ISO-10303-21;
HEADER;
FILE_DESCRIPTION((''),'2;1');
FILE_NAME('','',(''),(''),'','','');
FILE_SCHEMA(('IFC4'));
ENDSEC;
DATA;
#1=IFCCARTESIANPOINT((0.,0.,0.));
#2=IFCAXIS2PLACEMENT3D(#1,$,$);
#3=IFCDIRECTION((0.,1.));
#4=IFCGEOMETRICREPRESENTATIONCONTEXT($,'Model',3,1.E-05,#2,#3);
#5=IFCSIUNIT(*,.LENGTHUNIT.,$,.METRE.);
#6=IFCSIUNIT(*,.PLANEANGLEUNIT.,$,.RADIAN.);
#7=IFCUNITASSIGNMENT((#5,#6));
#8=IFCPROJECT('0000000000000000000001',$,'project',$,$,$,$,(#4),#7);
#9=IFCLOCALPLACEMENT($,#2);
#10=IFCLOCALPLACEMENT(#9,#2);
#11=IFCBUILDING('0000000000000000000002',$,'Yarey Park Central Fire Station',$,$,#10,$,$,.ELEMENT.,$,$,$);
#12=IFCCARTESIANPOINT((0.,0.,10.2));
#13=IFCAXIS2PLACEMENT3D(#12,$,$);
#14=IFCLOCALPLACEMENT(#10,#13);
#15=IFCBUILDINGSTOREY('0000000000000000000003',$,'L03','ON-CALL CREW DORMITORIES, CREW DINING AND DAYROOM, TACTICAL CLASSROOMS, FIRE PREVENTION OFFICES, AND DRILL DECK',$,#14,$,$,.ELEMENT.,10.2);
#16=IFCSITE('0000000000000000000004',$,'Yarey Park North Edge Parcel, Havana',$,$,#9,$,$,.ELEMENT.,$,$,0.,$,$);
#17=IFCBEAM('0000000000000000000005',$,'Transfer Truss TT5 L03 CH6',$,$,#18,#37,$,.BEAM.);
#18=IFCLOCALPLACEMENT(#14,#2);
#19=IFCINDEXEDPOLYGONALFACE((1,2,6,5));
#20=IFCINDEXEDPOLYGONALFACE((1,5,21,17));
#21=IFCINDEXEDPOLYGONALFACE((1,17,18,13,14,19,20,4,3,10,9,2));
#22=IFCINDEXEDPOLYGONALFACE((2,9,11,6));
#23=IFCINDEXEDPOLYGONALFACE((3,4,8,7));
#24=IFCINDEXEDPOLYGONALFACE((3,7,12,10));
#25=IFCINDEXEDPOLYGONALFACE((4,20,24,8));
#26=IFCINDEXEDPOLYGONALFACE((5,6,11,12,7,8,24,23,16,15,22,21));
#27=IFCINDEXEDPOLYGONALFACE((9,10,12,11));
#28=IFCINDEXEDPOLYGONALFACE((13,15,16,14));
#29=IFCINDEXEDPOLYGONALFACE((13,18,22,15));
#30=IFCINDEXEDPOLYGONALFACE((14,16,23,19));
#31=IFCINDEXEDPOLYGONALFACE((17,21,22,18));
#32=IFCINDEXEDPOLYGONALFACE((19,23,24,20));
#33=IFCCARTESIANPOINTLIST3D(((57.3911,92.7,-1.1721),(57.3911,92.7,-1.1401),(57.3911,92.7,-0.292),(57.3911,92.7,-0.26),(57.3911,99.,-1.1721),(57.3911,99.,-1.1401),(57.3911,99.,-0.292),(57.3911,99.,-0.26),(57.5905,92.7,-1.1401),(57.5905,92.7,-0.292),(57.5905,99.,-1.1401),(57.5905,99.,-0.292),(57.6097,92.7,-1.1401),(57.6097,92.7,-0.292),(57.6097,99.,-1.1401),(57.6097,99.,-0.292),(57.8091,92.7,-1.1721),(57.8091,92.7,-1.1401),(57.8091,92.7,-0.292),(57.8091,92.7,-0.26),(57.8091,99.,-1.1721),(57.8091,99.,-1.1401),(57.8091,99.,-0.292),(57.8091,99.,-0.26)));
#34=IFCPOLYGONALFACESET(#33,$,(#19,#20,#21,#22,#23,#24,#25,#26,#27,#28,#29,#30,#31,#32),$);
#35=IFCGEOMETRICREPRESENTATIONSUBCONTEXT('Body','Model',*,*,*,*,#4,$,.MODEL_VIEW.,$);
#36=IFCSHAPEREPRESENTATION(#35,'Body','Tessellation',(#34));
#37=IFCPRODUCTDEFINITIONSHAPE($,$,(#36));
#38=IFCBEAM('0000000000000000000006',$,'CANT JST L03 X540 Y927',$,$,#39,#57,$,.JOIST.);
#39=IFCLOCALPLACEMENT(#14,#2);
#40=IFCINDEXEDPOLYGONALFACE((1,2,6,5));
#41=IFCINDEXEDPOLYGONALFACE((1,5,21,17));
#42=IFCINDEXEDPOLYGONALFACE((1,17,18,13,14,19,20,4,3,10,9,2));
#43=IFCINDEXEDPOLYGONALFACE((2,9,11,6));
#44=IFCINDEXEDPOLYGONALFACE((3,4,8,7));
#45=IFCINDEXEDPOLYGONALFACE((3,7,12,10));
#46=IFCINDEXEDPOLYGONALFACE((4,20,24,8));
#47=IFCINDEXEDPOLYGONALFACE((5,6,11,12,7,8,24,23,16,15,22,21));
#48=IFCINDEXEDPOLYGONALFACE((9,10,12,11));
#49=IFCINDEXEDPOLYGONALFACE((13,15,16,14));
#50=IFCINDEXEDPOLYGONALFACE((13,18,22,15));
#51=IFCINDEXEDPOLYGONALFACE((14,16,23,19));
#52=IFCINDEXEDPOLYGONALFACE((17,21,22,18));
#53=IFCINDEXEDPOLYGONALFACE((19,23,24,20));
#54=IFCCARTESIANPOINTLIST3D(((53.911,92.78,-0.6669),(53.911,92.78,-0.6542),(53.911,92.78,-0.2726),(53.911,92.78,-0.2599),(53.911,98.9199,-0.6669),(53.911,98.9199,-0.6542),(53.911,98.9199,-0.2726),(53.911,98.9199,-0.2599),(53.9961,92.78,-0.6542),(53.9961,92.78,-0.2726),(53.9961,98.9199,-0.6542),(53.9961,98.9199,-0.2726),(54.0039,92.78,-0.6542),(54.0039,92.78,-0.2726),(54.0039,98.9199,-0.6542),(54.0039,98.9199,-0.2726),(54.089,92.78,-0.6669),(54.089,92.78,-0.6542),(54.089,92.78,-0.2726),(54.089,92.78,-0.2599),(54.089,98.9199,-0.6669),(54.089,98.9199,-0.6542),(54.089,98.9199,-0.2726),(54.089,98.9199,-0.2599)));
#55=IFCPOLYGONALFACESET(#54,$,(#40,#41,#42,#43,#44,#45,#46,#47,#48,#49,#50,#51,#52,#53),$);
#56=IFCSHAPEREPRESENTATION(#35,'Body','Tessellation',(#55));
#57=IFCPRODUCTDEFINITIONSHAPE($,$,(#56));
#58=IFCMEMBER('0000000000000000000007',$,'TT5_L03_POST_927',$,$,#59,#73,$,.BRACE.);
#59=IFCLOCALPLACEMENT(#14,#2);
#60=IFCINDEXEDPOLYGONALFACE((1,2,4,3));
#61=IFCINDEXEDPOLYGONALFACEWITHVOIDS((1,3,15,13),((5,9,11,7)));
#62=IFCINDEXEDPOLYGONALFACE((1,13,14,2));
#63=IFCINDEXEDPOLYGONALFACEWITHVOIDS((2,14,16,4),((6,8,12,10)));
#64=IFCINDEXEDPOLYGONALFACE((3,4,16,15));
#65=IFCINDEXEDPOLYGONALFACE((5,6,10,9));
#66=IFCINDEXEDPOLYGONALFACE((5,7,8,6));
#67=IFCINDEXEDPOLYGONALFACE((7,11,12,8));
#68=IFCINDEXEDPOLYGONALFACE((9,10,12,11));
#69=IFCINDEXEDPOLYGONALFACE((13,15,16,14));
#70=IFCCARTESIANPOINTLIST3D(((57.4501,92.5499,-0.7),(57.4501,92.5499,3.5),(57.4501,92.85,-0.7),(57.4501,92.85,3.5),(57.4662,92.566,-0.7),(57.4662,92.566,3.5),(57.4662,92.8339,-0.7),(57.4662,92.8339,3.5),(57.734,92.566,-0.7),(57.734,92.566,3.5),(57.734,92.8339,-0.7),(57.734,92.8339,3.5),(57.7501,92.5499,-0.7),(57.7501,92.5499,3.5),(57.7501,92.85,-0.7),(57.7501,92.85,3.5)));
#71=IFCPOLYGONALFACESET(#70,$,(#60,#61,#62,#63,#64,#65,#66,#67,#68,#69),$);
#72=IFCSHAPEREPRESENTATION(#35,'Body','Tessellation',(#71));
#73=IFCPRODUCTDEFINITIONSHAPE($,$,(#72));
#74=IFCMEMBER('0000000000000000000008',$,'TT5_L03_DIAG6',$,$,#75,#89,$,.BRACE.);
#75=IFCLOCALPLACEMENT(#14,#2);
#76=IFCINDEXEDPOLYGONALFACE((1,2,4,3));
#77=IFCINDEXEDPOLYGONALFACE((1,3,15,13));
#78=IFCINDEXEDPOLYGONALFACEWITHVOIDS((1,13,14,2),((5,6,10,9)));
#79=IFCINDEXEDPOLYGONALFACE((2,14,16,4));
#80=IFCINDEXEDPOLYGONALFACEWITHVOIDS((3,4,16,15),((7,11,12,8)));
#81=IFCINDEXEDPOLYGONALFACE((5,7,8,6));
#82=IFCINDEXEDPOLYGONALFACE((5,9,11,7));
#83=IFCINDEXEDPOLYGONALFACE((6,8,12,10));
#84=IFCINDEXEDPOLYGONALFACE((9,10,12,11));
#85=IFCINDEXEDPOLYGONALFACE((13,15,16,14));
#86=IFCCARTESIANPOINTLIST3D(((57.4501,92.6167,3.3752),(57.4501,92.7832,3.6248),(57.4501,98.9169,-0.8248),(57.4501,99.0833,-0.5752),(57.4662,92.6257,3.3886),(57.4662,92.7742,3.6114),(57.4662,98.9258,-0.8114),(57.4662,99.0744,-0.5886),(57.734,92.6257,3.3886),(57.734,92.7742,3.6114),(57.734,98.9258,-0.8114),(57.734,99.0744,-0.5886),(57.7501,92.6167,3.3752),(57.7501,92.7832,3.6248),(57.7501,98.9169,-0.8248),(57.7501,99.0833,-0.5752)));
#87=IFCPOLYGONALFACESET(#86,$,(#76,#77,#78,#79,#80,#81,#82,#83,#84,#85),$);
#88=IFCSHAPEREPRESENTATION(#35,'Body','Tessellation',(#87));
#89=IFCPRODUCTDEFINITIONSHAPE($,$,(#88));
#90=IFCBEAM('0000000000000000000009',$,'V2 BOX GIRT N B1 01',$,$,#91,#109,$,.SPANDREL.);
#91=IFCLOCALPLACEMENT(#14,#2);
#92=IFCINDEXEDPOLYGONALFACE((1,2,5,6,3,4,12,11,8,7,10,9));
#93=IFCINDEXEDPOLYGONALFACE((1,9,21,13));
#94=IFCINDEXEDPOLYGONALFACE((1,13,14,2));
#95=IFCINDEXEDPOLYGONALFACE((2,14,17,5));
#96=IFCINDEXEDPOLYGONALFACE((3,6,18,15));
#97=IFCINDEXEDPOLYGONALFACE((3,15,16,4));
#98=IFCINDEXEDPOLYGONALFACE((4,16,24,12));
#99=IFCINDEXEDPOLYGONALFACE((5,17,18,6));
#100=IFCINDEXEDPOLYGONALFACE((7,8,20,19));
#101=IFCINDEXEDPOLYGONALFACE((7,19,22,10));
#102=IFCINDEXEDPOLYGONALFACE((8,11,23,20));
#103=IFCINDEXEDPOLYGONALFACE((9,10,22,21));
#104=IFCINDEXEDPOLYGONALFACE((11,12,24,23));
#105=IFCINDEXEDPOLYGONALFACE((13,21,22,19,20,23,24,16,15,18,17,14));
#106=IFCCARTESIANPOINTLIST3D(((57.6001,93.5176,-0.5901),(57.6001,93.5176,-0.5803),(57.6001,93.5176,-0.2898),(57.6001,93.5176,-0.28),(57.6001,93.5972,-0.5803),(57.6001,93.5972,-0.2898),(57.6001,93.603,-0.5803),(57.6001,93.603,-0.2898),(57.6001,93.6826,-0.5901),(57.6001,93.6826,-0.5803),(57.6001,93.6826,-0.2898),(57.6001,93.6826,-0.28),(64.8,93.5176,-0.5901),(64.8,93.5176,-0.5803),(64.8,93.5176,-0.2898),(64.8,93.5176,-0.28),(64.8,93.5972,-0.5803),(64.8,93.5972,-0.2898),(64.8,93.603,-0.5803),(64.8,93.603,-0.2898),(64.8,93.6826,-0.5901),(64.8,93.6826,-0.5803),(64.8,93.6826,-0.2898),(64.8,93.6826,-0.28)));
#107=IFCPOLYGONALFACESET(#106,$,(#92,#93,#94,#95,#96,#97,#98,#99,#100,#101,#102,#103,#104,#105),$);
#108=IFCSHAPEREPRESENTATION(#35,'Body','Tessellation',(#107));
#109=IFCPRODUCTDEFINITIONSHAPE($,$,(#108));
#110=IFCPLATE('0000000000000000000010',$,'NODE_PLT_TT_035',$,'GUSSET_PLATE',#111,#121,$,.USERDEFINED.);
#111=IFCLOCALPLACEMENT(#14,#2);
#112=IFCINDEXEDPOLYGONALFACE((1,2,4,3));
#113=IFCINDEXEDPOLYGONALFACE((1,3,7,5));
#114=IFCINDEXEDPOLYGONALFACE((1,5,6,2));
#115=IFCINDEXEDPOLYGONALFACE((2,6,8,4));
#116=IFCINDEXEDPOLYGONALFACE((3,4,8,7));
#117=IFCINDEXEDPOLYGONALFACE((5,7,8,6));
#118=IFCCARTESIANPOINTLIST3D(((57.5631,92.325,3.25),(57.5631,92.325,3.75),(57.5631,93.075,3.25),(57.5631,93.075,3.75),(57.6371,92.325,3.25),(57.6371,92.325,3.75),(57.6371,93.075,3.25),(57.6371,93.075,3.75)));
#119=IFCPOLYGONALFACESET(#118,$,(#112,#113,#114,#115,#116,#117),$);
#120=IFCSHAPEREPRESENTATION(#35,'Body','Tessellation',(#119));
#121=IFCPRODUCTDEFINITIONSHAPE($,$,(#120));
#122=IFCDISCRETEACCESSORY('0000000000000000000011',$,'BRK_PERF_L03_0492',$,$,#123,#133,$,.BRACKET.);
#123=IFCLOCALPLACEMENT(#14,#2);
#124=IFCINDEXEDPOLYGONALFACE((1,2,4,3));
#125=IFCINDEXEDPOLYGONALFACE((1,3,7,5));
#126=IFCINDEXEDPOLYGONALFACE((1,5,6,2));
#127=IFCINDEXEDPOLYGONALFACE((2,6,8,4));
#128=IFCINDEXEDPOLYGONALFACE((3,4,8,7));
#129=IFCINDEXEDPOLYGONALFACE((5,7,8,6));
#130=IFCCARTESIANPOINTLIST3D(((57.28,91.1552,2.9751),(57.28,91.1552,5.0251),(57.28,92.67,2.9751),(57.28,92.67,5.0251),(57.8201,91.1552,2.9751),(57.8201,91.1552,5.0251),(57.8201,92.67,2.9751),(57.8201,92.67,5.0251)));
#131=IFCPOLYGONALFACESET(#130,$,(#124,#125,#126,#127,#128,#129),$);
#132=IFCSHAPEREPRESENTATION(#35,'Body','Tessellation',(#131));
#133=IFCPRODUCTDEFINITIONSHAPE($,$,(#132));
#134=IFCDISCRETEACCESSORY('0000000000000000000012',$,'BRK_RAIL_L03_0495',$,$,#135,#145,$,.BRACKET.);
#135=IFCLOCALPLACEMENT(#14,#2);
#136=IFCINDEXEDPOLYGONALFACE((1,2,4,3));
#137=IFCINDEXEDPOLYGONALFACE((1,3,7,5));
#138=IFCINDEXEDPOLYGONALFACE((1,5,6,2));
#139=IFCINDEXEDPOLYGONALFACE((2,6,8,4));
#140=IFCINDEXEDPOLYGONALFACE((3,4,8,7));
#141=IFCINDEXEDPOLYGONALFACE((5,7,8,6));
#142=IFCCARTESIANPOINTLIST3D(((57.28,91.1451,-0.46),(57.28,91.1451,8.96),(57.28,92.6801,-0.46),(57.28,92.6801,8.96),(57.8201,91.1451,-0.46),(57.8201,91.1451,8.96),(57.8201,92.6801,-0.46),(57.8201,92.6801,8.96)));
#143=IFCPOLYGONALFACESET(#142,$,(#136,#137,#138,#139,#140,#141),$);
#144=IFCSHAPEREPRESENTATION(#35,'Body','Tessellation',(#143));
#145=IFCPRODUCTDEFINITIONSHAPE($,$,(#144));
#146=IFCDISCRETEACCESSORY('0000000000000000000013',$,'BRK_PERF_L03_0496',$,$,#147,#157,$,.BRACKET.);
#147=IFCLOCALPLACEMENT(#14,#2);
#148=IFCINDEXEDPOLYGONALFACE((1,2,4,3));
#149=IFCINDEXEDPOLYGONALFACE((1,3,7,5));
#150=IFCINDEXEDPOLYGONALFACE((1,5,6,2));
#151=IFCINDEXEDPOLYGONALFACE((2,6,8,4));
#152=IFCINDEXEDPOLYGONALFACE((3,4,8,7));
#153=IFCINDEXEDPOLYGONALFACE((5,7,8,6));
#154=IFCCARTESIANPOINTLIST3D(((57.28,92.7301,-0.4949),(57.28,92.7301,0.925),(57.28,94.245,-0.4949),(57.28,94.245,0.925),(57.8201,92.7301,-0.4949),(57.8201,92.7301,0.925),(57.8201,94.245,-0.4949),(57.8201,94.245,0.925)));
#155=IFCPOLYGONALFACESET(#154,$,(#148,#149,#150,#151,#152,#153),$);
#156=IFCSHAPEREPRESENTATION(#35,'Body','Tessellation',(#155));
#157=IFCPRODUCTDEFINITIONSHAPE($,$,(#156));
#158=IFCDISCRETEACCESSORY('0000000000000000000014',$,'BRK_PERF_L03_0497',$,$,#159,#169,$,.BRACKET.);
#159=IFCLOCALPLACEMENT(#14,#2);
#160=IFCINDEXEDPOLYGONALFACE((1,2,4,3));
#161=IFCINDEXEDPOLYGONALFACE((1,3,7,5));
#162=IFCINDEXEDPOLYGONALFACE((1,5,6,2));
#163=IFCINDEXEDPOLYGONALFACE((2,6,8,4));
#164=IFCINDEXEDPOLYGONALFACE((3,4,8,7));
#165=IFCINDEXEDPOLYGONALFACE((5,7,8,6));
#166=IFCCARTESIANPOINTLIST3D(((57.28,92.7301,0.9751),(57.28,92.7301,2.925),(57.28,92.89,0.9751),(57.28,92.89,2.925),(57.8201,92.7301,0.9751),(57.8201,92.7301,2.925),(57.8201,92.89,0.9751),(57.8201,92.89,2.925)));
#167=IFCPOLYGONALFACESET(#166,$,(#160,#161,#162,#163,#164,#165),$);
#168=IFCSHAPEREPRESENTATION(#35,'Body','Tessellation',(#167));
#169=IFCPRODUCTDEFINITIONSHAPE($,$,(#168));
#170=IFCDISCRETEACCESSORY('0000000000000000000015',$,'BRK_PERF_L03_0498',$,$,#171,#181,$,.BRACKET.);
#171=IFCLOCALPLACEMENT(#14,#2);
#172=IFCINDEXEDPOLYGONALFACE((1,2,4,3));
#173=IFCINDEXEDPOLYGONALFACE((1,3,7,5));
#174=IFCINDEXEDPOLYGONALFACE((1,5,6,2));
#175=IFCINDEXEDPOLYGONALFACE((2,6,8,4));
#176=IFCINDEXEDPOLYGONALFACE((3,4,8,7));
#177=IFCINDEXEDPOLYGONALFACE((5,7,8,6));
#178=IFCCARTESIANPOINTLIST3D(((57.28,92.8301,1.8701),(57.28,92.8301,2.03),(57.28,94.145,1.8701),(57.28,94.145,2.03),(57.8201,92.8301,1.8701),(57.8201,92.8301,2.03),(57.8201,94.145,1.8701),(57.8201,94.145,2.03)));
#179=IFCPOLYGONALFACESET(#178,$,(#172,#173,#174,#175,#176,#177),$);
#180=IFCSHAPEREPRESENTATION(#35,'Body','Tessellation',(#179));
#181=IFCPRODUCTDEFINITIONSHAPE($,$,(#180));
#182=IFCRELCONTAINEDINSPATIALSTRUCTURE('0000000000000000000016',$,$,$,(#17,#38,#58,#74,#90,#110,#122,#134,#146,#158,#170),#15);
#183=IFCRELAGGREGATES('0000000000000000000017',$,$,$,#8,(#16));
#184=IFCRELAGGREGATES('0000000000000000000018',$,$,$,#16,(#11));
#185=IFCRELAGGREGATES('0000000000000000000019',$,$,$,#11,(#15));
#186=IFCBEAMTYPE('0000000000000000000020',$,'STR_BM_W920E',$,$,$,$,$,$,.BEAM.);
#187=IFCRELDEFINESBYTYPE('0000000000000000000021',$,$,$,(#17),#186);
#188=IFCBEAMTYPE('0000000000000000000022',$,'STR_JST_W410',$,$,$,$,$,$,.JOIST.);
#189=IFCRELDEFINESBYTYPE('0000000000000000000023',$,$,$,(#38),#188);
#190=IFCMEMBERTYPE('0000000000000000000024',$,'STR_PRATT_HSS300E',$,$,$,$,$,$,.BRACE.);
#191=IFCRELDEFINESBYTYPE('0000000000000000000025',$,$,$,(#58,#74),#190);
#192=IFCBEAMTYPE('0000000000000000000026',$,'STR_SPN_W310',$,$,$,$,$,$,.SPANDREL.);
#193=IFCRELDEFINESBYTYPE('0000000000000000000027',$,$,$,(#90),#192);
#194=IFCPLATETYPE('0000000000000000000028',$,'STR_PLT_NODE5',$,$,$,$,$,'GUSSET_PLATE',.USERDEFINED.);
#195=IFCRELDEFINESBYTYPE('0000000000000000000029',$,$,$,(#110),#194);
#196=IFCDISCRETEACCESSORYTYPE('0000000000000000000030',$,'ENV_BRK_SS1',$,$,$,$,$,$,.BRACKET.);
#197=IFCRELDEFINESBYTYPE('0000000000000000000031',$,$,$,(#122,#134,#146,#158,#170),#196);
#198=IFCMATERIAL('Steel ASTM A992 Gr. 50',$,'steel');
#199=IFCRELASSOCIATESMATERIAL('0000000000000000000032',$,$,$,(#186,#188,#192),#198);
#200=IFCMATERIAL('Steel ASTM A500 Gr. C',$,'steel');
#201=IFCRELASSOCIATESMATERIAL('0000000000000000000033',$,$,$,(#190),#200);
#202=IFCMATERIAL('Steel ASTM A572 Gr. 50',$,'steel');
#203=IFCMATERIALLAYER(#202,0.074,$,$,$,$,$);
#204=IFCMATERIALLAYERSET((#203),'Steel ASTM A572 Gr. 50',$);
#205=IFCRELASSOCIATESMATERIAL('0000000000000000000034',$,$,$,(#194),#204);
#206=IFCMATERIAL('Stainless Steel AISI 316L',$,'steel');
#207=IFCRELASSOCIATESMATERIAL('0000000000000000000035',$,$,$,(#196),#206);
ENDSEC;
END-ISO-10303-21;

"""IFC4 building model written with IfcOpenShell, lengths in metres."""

from ifc_helpers import new_model, si_unit, direction, frame, origin, origin_2d, place, context, subcontext, project, spatial, rectangle, hollow_rectangle, i_section, extrude, material, layer, layer_set, material_profile, profile_set, type_object, element, save


model = new_model("IFC4")

# Units and contexts
model_context = context("Model", 3, precision=1e-05, world=origin(), true_north=direction((0.0, 1.0)))
body_context = subcontext(model_context, "Body", "Model", "MODEL_VIEW")
ifc_project = project(units=[si_unit("LENGTHUNIT", "METRE"), si_unit("PLANEANGLEUNIT", "RADIAN")], contexts=[model_context])

# Site, building, storey
site_placement = place(None, origin())
site = spatial("IfcSite", under=ifc_project, at=site_placement, Name="Yarey Park North Edge Parcel, Havana", CompositionType="ELEMENT", RefElevation=0.0)
building_placement = place(site_placement, origin())
building = spatial("IfcBuilding", under=site, at=building_placement, Name="Yarey Park Central Fire Station", CompositionType="ELEMENT")
storey_placement = place(building_placement, frame((0.0, 0.0, 10.2)))
storey = spatial("IfcBuildingStorey", under=building, at=storey_placement, Name="L03", Description="ON-CALL CREW DORMITORIES, CREW DINING AND DAYROOM, TACTICAL CLASSROOMS, FIRE PREVENTION OFFICES, AND DRILL DECK", CompositionType="ELEMENT", Elevation=10.2)

# Beams
ifc_material_1 = material(Name="Steel ASTM A992 Gr. 50", Category="steel")
ifc_material_profile_1 = material_profile(ifc_material_1, i_section(OverallWidth=0.418, OverallDepth=0.9121, WebThickness=0.0193, FlangeThickness=0.032, at=origin_2d()), Name="W920x342")
ifc_profile_set_1 = profile_set([ifc_material_profile_1], Name="Steel ASTM A992 Gr. 50")
beam_type_1 = type_object("IfcBeamType", Name="STR_BM_W920E", PredefinedType="BEAM", material=ifc_profile_set_1)
beam_1_placement = place(storey_placement, frame((57.6001, 92.7, -0.7161), z_axis=(0.0, 1.0, 0.0), x_axis=(-1.0, 0.0, 0.0)))
element("IfcBeam", 1, at=beam_1_placement, inside=storey, type_object=beam_type_1, Name="Transfer Truss TT5 L03 CH6", PredefinedType="BEAM", context=body_context, shape_type="SweptSolid", body=[
    extrude(i_section(OverallWidth=0.418, OverallDepth=0.9121, WebThickness=0.0193, FlangeThickness=0.032, at=origin_2d()), origin(), (0.0, 0.0, 1.0), 6.3),
])
ifc_material_profile_2 = material_profile(ifc_material_1, i_section(OverallWidth=0.178, OverallDepth=0.407, WebThickness=0.0078, FlangeThickness=0.0127, at=origin_2d()), Name="W410x60")
ifc_profile_set_2 = profile_set([ifc_material_profile_2], Name="Steel ASTM A992 Gr. 50")
beam_type_2 = type_object("IfcBeamType", Name="STR_JST_W410", PredefinedType="JOIST", material=ifc_profile_set_2)
beam_2_placement = place(storey_placement, frame((54.0, 92.78, -0.4634), z_axis=(0.0, 1.0, 0.0), x_axis=(-1.0, 0.0, 0.0)))
element("IfcBeam", 2, at=beam_2_placement, inside=storey, type_object=beam_type_2, Name="CANT JST L03 X540 Y927", PredefinedType="JOIST", context=body_context, shape_type="SweptSolid", body=[
    extrude(i_section(OverallWidth=0.178, OverallDepth=0.407, WebThickness=0.0078, FlangeThickness=0.0127, at=origin_2d()), origin(), (0.0, 0.0, 1.0), 6.1399),
])

# Members
ifc_material_2 = material(Name="Steel ASTM A500 Gr. C", Category="steel")
ifc_material_profile_3 = material_profile(ifc_material_2, hollow_rectangle(XDim=0.3, YDim=0.3, WallThickness=0.0161, at=origin_2d()), Name="HSS 300x300x16")
ifc_profile_set_3 = profile_set([ifc_material_profile_3], Name="Steel ASTM A500 Gr. C")
member_type = type_object("IfcMemberType", Name="STR_PRATT_HSS300E", PredefinedType="BRACE", material=ifc_profile_set_3)
member_1_placement = place(storey_placement, frame((57.6001, 92.7, -0.7), z_axis=(0.0, 0.0, 1.0), x_axis=(1.0, 0.0, 0.0)))
element("IfcMember", 3, at=member_1_placement, inside=storey, type_object=member_type, Name="TT5_L03_POST_927", PredefinedType="BRACE", context=body_context, shape_type="SweptSolid", body=[
    extrude(hollow_rectangle(XDim=0.3, YDim=0.3, WallThickness=0.0161, at=origin_2d()), origin(), (0.0, 0.0, 1.0), 4.2),
])
member_2_placement = place(storey_placement, frame((57.6001, 92.7, 3.5), z_axis=(0.0, 0.832055, -0.554693), x_axis=(-1.0, 0.0, 0.0)))
element("IfcMember", 4, at=member_2_placement, inside=storey, type_object=member_type, Name="TT5_L03_DIAG6", PredefinedType="BRACE", context=body_context, shape_type="SweptSolid", body=[
    extrude(hollow_rectangle(XDim=0.3, YDim=0.3, WallThickness=0.0161, at=origin_2d()), origin(), (0.0, 0.0, 1.0), 7.5718),
])

# Beam
ifc_material_profile_4 = material_profile(ifc_material_1, i_section(OverallWidth=0.165, OverallDepth=0.3101, WebThickness=0.0059, FlangeThickness=0.0098, at=origin_2d()), Name="W310x39")
ifc_profile_set_4 = profile_set([ifc_material_profile_4], Name="Steel ASTM A992 Gr. 50")
beam_type_3 = type_object("IfcBeamType", Name="STR_SPN_W310", PredefinedType="SPANDREL", material=ifc_profile_set_4)
beam_3_placement = place(storey_placement, frame((57.6001, 93.6001, -0.4351), z_axis=(1.0, 0.0, 0.0), x_axis=(0.0, 1.0, 0.0)))
element("IfcBeam", 5, at=beam_3_placement, inside=storey, type_object=beam_type_3, Name="V2 BOX GIRT N B1 01", PredefinedType="SPANDREL", context=body_context, shape_type="SweptSolid", body=[
    extrude(i_section(OverallWidth=0.165, OverallDepth=0.3101, WebThickness=0.0059, FlangeThickness=0.0098, at=origin_2d()), origin(), (0.0, 0.0, 1.0), 7.2),
])

# Plate
ifc_material_3 = material(Name="Steel ASTM A572 Gr. 50", Category="steel")
ifc_layer = layer(ifc_material_3, 0.074)
ifc_layer_set = layer_set([ifc_layer], Name="Steel ASTM A572 Gr. 50")
plate_type = type_object("IfcPlateType", Name="STR_PLT_NODE5", ElementType="GUSSET_PLATE", PredefinedType="USERDEFINED", material=ifc_layer_set)
plate_placement = place(storey_placement, frame((57.6001, 92.7, 3.25), z_axis=(0.0, 0.0, 1.0), x_axis=(1.0, 0.0, 0.0)))
element("IfcPlate", 6, at=plate_placement, inside=storey, type_object=plate_type, Name="NODE_PLT_TT_035", ObjectType="GUSSET_PLATE", PredefinedType="USERDEFINED", context=body_context, shape_type="SweptSolid", body=[
    extrude(rectangle(XDim=0.074, YDim=0.75, at=origin_2d()), origin(), (0.0, 0.0, 1.0), 0.5),
])

# Discrete accessories
ifc_material_4 = material(Name="Stainless Steel AISI 316L", Category="steel")
discrete_accessory_type = type_object("IfcDiscreteAccessoryType", Name="ENV_BRK_SS1", PredefinedType="BRACKET", material=ifc_material_4)
discrete_accessory_1_placement = place(storey_placement, frame((57.55, 91.9126, 2.9751), z_axis=(0.0, 0.0, 1.0), x_axis=(1.0, 0.0, 0.0)))
element("IfcDiscreteAccessory", 7, at=discrete_accessory_1_placement, inside=storey, type_object=discrete_accessory_type, Name="BRK_PERF_L03_0492", PredefinedType="BRACKET", context=body_context, shape_type="SweptSolid", body=[
    extrude(rectangle(XDim=0.54, YDim=1.5149, at=origin_2d()), origin(), (0.0, 0.0, 1.0), 2.05),
])
discrete_accessory_2_placement = place(storey_placement, frame((57.55, 91.9126, -0.46), z_axis=(0.0, 0.0, 1.0), x_axis=(1.0, 0.0, 0.0)))
element("IfcDiscreteAccessory", 8, at=discrete_accessory_2_placement, inside=storey, type_object=discrete_accessory_type, Name="BRK_RAIL_L03_0495", PredefinedType="BRACKET", context=body_context, shape_type="SweptSolid", body=[
    extrude(rectangle(XDim=0.54, YDim=1.5349, at=origin_2d()), origin(), (0.0, 0.0, 1.0), 9.4199),
])
discrete_accessory_3_placement = place(storey_placement, frame((57.55, 93.4875, -0.4949), z_axis=(0.0, 0.0, 1.0), x_axis=(1.0, 0.0, 0.0)))
element("IfcDiscreteAccessory", 9, at=discrete_accessory_3_placement, inside=storey, type_object=discrete_accessory_type, Name="BRK_PERF_L03_0496", PredefinedType="BRACKET", context=body_context, shape_type="SweptSolid", body=[
    extrude(rectangle(XDim=0.54, YDim=1.5149, at=origin_2d()), origin(), (0.0, 0.0, 1.0), 1.4199),
])
discrete_accessory_4_placement = place(storey_placement, frame((57.55, 92.8101, 0.9751), z_axis=(0.0, 0.0, 1.0), x_axis=(1.0, 0.0, 0.0)))
element("IfcDiscreteAccessory", 10, at=discrete_accessory_4_placement, inside=storey, type_object=discrete_accessory_type, Name="BRK_PERF_L03_0497", PredefinedType="BRACKET", context=body_context, shape_type="SweptSolid", body=[
    extrude(rectangle(XDim=0.54, YDim=0.1599, at=origin_2d()), origin(), (0.0, 0.0, 1.0), 1.95),
])
discrete_accessory_5_placement = place(storey_placement, frame((57.55, 93.4875, 1.8701), z_axis=(0.0, 0.0, 1.0), x_axis=(1.0, 0.0, 0.0)))
element("IfcDiscreteAccessory", 11, at=discrete_accessory_5_placement, inside=storey, type_object=discrete_accessory_type, Name="BRK_PERF_L03_0498", PredefinedType="BRACKET", context=body_context, shape_type="SweptSolid", body=[
    extrude(rectangle(XDim=0.54, YDim=1.3149, at=origin_2d()), origin(), (0.0, 0.0, 1.0), 0.1599),
])

save(model, "model.ifc")
